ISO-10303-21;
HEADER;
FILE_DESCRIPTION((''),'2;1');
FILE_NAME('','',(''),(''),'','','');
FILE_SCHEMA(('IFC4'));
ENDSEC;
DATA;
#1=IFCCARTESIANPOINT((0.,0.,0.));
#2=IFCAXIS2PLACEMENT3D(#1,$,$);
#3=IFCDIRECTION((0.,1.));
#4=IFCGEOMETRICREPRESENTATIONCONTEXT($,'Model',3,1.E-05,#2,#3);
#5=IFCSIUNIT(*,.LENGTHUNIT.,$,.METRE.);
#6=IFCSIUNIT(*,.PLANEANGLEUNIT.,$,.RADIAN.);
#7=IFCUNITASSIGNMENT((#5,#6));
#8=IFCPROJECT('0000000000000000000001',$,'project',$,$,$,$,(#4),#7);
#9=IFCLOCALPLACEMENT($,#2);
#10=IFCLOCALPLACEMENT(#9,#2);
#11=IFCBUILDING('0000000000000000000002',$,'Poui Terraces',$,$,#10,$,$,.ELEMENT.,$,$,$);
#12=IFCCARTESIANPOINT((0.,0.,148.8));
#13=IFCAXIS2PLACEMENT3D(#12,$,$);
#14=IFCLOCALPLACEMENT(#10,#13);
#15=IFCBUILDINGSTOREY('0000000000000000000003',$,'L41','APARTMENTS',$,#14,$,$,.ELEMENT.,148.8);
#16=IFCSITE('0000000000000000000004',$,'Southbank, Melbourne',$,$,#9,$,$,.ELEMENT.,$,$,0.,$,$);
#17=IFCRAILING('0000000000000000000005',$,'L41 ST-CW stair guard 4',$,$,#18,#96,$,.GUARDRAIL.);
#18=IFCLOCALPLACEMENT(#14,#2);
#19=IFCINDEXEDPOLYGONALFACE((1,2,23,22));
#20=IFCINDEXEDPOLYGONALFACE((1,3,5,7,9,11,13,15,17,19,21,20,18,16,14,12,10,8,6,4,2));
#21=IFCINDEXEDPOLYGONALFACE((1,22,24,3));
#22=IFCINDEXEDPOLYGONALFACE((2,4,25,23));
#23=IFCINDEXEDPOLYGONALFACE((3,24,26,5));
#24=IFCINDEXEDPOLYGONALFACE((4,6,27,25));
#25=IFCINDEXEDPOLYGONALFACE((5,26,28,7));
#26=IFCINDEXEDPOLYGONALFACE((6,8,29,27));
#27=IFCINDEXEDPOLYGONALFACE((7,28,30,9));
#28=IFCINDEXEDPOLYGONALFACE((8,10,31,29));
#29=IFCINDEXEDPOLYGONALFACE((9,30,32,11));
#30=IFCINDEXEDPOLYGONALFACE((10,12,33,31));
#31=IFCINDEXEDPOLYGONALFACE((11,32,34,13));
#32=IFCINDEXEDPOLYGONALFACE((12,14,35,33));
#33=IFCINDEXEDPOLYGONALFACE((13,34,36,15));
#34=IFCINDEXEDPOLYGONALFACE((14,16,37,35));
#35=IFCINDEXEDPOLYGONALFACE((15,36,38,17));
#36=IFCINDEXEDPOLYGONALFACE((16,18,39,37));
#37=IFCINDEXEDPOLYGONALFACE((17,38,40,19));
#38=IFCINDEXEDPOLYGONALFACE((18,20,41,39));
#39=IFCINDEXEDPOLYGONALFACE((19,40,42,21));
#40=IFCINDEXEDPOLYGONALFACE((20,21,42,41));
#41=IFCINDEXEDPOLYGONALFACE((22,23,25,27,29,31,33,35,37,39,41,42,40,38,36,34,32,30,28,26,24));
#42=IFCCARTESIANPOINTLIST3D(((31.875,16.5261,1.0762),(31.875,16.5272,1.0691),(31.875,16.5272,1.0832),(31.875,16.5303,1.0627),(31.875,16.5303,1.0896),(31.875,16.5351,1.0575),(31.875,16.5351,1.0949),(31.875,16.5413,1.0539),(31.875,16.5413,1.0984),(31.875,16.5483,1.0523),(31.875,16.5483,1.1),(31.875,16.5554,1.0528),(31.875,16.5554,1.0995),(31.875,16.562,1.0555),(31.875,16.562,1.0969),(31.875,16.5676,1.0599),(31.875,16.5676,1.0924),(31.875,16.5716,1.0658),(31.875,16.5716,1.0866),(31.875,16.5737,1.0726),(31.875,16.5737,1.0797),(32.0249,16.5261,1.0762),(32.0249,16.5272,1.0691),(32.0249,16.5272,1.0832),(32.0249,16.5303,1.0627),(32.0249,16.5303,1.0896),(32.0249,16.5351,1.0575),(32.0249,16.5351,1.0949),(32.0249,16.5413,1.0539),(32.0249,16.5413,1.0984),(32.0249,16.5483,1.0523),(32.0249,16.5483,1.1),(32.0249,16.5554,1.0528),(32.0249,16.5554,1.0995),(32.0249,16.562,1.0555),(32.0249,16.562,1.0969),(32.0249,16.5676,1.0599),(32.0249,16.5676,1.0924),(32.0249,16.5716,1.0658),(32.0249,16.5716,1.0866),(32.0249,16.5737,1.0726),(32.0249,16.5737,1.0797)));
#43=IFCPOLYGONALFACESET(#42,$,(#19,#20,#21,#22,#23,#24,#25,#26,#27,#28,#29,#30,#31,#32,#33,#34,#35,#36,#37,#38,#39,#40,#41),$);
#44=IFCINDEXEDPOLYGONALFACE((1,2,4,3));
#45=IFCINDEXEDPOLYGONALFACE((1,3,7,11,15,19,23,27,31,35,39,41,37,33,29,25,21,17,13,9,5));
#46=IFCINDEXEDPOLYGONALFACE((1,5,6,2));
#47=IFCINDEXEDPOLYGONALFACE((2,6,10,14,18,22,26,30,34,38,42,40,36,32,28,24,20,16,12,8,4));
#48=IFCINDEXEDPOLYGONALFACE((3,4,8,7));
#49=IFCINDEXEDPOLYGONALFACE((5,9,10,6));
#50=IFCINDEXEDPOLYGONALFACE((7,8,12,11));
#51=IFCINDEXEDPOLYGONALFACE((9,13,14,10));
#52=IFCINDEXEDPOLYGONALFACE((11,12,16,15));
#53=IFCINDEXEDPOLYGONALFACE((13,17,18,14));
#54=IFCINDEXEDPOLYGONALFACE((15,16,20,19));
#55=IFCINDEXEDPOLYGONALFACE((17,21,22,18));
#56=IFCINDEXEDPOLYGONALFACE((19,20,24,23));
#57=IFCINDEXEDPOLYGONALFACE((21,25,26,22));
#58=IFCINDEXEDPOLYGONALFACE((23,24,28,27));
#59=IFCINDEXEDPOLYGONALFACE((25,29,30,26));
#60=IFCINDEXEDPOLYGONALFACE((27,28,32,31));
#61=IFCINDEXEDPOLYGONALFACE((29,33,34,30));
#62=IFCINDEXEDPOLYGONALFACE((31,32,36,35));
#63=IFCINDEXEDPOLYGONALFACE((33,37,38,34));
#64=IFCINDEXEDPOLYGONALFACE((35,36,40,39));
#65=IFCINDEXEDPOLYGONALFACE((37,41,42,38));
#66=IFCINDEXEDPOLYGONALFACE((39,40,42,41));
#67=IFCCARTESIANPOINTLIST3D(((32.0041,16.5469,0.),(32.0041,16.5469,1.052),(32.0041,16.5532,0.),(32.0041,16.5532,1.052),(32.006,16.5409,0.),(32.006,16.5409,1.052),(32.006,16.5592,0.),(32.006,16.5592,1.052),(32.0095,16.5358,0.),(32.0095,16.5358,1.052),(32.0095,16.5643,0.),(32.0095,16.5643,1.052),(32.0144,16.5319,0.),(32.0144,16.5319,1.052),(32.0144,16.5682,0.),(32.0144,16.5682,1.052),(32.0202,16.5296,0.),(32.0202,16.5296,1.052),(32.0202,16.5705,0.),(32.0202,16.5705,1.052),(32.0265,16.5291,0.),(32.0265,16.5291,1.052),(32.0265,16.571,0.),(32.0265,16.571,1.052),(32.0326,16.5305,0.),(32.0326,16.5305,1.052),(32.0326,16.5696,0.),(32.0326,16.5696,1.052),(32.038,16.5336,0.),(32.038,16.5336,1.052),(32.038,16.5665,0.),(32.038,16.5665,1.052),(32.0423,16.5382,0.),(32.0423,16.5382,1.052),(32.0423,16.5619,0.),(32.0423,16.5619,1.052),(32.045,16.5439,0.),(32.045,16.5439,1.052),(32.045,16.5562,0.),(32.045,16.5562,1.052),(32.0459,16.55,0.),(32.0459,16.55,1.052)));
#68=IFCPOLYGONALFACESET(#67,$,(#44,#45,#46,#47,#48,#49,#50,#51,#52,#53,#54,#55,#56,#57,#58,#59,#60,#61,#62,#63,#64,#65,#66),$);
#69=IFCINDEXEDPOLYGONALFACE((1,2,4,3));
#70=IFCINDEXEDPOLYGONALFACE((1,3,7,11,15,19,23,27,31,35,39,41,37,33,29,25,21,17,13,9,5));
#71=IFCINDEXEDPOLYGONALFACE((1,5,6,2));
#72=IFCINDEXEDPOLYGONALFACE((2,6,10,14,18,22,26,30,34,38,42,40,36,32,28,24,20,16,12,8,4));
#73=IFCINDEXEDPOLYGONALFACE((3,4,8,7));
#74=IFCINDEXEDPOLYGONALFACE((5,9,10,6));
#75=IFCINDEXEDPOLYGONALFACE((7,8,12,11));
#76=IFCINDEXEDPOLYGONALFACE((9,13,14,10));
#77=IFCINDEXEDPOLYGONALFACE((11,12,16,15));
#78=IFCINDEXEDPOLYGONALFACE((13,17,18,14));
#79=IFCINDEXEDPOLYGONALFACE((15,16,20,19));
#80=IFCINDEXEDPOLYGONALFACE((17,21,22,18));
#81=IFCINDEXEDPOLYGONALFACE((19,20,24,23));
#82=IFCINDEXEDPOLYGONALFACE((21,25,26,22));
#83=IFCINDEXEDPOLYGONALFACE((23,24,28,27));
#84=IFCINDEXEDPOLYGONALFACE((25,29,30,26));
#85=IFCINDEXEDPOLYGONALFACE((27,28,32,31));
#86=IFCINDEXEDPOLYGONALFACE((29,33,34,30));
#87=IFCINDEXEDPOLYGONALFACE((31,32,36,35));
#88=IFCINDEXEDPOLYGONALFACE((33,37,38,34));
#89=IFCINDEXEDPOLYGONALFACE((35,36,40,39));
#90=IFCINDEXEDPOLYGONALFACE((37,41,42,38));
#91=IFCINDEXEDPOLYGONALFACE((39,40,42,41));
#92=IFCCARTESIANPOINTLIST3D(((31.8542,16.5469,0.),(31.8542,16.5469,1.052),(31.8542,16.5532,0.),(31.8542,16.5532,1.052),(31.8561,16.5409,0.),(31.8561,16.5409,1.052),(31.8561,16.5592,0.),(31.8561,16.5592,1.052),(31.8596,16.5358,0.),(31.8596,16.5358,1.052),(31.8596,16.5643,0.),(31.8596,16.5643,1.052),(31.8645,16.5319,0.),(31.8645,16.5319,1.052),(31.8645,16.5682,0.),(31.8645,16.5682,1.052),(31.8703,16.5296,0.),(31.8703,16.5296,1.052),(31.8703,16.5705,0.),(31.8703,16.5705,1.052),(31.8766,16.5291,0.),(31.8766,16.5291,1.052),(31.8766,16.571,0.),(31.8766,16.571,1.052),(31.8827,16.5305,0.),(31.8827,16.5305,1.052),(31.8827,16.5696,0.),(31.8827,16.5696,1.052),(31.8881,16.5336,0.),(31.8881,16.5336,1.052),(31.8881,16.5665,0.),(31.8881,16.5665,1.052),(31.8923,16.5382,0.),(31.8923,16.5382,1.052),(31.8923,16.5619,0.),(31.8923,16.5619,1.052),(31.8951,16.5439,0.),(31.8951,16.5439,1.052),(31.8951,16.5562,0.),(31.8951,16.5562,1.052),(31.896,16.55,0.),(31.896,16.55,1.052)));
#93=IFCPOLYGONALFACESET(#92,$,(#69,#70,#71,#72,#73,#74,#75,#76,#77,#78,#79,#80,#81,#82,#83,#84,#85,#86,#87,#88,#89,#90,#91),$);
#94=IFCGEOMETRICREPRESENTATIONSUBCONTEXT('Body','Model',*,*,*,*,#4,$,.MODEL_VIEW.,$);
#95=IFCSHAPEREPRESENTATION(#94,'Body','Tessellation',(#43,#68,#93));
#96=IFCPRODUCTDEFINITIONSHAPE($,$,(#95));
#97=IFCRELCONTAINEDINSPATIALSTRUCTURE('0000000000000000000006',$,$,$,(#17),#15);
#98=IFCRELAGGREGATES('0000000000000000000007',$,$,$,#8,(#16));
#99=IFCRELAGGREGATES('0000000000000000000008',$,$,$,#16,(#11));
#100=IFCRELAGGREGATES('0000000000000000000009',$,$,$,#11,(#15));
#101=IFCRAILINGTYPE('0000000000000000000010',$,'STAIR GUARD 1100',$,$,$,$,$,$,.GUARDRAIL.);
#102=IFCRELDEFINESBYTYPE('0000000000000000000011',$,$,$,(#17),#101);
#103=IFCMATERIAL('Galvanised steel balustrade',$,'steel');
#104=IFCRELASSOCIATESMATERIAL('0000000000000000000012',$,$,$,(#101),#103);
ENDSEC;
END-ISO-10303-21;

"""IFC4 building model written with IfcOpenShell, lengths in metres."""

from ifc_helpers import new_model, si_unit, direction, frame, origin, origin_2d, place, context, subcontext, project, spatial, circle, extrude, material, type_object, element, save


model = new_model("IFC4")

# Units and contexts
model_context = context("Model", 3, precision=1e-05, world=origin(), true_north=direction((0.0, 1.0)))
body_context = subcontext(model_context, "Body", "Model", "MODEL_VIEW")
ifc_project = project(units=[si_unit("LENGTHUNIT", "METRE"), si_unit("PLANEANGLEUNIT", "RADIAN")], contexts=[model_context])

# Site, building, storey
site_placement = place(None, origin())
site = spatial("IfcSite", under=ifc_project, at=site_placement, Name="Southbank, Melbourne", CompositionType="ELEMENT", RefElevation=0.0)
building_placement = place(site_placement, origin())
building = spatial("IfcBuilding", under=site, at=building_placement, Name="Poui Terraces", CompositionType="ELEMENT")
storey_placement = place(building_placement, frame((0.0, 0.0, 148.8)))
storey = spatial("IfcBuildingStorey", under=building, at=storey_placement, Name="L41", Description="APARTMENTS", CompositionType="ELEMENT", Elevation=148.8)

# Railing
ifc_material_1 = material(Name="Galvanised steel balustrade", Category="steel")
railing_type_1 = type_object("IfcRailingType", Name="STAIR GUARD 1100", PredefinedType="GUARDRAIL", material=ifc_material_1)
railing_1_placement = place(storey_placement, frame((32.0249, 16.55, 0.0)))
element("IfcRailing", 1, at=railing_1_placement, inside=storey, type_object=railing_type_1, Name="L41 ST-CW stair guard 4", PredefinedType="GUARDRAIL", context=body_context, shape_type="SweptSolid", body=[
    extrude(circle(Radius=0.0239, at=origin_2d()), frame((0.0, 0.0, 1.0762), z_axis=(-1.0, 0.0, 0.0), x_axis=(0.0, -1.0, 0.0)), (0.0, 0.0, 1.0), 0.1499),
    extrude(circle(Radius=0.021, at=origin_2d()), origin(), (0.0, 0.0, 1.0), 1.052),
    extrude(circle(Radius=0.021, at=origin_2d()), frame((-0.1499, 0.0, 0.0)), (0.0, 0.0, 1.0), 1.052),
])

save(model, "model.ifc")
